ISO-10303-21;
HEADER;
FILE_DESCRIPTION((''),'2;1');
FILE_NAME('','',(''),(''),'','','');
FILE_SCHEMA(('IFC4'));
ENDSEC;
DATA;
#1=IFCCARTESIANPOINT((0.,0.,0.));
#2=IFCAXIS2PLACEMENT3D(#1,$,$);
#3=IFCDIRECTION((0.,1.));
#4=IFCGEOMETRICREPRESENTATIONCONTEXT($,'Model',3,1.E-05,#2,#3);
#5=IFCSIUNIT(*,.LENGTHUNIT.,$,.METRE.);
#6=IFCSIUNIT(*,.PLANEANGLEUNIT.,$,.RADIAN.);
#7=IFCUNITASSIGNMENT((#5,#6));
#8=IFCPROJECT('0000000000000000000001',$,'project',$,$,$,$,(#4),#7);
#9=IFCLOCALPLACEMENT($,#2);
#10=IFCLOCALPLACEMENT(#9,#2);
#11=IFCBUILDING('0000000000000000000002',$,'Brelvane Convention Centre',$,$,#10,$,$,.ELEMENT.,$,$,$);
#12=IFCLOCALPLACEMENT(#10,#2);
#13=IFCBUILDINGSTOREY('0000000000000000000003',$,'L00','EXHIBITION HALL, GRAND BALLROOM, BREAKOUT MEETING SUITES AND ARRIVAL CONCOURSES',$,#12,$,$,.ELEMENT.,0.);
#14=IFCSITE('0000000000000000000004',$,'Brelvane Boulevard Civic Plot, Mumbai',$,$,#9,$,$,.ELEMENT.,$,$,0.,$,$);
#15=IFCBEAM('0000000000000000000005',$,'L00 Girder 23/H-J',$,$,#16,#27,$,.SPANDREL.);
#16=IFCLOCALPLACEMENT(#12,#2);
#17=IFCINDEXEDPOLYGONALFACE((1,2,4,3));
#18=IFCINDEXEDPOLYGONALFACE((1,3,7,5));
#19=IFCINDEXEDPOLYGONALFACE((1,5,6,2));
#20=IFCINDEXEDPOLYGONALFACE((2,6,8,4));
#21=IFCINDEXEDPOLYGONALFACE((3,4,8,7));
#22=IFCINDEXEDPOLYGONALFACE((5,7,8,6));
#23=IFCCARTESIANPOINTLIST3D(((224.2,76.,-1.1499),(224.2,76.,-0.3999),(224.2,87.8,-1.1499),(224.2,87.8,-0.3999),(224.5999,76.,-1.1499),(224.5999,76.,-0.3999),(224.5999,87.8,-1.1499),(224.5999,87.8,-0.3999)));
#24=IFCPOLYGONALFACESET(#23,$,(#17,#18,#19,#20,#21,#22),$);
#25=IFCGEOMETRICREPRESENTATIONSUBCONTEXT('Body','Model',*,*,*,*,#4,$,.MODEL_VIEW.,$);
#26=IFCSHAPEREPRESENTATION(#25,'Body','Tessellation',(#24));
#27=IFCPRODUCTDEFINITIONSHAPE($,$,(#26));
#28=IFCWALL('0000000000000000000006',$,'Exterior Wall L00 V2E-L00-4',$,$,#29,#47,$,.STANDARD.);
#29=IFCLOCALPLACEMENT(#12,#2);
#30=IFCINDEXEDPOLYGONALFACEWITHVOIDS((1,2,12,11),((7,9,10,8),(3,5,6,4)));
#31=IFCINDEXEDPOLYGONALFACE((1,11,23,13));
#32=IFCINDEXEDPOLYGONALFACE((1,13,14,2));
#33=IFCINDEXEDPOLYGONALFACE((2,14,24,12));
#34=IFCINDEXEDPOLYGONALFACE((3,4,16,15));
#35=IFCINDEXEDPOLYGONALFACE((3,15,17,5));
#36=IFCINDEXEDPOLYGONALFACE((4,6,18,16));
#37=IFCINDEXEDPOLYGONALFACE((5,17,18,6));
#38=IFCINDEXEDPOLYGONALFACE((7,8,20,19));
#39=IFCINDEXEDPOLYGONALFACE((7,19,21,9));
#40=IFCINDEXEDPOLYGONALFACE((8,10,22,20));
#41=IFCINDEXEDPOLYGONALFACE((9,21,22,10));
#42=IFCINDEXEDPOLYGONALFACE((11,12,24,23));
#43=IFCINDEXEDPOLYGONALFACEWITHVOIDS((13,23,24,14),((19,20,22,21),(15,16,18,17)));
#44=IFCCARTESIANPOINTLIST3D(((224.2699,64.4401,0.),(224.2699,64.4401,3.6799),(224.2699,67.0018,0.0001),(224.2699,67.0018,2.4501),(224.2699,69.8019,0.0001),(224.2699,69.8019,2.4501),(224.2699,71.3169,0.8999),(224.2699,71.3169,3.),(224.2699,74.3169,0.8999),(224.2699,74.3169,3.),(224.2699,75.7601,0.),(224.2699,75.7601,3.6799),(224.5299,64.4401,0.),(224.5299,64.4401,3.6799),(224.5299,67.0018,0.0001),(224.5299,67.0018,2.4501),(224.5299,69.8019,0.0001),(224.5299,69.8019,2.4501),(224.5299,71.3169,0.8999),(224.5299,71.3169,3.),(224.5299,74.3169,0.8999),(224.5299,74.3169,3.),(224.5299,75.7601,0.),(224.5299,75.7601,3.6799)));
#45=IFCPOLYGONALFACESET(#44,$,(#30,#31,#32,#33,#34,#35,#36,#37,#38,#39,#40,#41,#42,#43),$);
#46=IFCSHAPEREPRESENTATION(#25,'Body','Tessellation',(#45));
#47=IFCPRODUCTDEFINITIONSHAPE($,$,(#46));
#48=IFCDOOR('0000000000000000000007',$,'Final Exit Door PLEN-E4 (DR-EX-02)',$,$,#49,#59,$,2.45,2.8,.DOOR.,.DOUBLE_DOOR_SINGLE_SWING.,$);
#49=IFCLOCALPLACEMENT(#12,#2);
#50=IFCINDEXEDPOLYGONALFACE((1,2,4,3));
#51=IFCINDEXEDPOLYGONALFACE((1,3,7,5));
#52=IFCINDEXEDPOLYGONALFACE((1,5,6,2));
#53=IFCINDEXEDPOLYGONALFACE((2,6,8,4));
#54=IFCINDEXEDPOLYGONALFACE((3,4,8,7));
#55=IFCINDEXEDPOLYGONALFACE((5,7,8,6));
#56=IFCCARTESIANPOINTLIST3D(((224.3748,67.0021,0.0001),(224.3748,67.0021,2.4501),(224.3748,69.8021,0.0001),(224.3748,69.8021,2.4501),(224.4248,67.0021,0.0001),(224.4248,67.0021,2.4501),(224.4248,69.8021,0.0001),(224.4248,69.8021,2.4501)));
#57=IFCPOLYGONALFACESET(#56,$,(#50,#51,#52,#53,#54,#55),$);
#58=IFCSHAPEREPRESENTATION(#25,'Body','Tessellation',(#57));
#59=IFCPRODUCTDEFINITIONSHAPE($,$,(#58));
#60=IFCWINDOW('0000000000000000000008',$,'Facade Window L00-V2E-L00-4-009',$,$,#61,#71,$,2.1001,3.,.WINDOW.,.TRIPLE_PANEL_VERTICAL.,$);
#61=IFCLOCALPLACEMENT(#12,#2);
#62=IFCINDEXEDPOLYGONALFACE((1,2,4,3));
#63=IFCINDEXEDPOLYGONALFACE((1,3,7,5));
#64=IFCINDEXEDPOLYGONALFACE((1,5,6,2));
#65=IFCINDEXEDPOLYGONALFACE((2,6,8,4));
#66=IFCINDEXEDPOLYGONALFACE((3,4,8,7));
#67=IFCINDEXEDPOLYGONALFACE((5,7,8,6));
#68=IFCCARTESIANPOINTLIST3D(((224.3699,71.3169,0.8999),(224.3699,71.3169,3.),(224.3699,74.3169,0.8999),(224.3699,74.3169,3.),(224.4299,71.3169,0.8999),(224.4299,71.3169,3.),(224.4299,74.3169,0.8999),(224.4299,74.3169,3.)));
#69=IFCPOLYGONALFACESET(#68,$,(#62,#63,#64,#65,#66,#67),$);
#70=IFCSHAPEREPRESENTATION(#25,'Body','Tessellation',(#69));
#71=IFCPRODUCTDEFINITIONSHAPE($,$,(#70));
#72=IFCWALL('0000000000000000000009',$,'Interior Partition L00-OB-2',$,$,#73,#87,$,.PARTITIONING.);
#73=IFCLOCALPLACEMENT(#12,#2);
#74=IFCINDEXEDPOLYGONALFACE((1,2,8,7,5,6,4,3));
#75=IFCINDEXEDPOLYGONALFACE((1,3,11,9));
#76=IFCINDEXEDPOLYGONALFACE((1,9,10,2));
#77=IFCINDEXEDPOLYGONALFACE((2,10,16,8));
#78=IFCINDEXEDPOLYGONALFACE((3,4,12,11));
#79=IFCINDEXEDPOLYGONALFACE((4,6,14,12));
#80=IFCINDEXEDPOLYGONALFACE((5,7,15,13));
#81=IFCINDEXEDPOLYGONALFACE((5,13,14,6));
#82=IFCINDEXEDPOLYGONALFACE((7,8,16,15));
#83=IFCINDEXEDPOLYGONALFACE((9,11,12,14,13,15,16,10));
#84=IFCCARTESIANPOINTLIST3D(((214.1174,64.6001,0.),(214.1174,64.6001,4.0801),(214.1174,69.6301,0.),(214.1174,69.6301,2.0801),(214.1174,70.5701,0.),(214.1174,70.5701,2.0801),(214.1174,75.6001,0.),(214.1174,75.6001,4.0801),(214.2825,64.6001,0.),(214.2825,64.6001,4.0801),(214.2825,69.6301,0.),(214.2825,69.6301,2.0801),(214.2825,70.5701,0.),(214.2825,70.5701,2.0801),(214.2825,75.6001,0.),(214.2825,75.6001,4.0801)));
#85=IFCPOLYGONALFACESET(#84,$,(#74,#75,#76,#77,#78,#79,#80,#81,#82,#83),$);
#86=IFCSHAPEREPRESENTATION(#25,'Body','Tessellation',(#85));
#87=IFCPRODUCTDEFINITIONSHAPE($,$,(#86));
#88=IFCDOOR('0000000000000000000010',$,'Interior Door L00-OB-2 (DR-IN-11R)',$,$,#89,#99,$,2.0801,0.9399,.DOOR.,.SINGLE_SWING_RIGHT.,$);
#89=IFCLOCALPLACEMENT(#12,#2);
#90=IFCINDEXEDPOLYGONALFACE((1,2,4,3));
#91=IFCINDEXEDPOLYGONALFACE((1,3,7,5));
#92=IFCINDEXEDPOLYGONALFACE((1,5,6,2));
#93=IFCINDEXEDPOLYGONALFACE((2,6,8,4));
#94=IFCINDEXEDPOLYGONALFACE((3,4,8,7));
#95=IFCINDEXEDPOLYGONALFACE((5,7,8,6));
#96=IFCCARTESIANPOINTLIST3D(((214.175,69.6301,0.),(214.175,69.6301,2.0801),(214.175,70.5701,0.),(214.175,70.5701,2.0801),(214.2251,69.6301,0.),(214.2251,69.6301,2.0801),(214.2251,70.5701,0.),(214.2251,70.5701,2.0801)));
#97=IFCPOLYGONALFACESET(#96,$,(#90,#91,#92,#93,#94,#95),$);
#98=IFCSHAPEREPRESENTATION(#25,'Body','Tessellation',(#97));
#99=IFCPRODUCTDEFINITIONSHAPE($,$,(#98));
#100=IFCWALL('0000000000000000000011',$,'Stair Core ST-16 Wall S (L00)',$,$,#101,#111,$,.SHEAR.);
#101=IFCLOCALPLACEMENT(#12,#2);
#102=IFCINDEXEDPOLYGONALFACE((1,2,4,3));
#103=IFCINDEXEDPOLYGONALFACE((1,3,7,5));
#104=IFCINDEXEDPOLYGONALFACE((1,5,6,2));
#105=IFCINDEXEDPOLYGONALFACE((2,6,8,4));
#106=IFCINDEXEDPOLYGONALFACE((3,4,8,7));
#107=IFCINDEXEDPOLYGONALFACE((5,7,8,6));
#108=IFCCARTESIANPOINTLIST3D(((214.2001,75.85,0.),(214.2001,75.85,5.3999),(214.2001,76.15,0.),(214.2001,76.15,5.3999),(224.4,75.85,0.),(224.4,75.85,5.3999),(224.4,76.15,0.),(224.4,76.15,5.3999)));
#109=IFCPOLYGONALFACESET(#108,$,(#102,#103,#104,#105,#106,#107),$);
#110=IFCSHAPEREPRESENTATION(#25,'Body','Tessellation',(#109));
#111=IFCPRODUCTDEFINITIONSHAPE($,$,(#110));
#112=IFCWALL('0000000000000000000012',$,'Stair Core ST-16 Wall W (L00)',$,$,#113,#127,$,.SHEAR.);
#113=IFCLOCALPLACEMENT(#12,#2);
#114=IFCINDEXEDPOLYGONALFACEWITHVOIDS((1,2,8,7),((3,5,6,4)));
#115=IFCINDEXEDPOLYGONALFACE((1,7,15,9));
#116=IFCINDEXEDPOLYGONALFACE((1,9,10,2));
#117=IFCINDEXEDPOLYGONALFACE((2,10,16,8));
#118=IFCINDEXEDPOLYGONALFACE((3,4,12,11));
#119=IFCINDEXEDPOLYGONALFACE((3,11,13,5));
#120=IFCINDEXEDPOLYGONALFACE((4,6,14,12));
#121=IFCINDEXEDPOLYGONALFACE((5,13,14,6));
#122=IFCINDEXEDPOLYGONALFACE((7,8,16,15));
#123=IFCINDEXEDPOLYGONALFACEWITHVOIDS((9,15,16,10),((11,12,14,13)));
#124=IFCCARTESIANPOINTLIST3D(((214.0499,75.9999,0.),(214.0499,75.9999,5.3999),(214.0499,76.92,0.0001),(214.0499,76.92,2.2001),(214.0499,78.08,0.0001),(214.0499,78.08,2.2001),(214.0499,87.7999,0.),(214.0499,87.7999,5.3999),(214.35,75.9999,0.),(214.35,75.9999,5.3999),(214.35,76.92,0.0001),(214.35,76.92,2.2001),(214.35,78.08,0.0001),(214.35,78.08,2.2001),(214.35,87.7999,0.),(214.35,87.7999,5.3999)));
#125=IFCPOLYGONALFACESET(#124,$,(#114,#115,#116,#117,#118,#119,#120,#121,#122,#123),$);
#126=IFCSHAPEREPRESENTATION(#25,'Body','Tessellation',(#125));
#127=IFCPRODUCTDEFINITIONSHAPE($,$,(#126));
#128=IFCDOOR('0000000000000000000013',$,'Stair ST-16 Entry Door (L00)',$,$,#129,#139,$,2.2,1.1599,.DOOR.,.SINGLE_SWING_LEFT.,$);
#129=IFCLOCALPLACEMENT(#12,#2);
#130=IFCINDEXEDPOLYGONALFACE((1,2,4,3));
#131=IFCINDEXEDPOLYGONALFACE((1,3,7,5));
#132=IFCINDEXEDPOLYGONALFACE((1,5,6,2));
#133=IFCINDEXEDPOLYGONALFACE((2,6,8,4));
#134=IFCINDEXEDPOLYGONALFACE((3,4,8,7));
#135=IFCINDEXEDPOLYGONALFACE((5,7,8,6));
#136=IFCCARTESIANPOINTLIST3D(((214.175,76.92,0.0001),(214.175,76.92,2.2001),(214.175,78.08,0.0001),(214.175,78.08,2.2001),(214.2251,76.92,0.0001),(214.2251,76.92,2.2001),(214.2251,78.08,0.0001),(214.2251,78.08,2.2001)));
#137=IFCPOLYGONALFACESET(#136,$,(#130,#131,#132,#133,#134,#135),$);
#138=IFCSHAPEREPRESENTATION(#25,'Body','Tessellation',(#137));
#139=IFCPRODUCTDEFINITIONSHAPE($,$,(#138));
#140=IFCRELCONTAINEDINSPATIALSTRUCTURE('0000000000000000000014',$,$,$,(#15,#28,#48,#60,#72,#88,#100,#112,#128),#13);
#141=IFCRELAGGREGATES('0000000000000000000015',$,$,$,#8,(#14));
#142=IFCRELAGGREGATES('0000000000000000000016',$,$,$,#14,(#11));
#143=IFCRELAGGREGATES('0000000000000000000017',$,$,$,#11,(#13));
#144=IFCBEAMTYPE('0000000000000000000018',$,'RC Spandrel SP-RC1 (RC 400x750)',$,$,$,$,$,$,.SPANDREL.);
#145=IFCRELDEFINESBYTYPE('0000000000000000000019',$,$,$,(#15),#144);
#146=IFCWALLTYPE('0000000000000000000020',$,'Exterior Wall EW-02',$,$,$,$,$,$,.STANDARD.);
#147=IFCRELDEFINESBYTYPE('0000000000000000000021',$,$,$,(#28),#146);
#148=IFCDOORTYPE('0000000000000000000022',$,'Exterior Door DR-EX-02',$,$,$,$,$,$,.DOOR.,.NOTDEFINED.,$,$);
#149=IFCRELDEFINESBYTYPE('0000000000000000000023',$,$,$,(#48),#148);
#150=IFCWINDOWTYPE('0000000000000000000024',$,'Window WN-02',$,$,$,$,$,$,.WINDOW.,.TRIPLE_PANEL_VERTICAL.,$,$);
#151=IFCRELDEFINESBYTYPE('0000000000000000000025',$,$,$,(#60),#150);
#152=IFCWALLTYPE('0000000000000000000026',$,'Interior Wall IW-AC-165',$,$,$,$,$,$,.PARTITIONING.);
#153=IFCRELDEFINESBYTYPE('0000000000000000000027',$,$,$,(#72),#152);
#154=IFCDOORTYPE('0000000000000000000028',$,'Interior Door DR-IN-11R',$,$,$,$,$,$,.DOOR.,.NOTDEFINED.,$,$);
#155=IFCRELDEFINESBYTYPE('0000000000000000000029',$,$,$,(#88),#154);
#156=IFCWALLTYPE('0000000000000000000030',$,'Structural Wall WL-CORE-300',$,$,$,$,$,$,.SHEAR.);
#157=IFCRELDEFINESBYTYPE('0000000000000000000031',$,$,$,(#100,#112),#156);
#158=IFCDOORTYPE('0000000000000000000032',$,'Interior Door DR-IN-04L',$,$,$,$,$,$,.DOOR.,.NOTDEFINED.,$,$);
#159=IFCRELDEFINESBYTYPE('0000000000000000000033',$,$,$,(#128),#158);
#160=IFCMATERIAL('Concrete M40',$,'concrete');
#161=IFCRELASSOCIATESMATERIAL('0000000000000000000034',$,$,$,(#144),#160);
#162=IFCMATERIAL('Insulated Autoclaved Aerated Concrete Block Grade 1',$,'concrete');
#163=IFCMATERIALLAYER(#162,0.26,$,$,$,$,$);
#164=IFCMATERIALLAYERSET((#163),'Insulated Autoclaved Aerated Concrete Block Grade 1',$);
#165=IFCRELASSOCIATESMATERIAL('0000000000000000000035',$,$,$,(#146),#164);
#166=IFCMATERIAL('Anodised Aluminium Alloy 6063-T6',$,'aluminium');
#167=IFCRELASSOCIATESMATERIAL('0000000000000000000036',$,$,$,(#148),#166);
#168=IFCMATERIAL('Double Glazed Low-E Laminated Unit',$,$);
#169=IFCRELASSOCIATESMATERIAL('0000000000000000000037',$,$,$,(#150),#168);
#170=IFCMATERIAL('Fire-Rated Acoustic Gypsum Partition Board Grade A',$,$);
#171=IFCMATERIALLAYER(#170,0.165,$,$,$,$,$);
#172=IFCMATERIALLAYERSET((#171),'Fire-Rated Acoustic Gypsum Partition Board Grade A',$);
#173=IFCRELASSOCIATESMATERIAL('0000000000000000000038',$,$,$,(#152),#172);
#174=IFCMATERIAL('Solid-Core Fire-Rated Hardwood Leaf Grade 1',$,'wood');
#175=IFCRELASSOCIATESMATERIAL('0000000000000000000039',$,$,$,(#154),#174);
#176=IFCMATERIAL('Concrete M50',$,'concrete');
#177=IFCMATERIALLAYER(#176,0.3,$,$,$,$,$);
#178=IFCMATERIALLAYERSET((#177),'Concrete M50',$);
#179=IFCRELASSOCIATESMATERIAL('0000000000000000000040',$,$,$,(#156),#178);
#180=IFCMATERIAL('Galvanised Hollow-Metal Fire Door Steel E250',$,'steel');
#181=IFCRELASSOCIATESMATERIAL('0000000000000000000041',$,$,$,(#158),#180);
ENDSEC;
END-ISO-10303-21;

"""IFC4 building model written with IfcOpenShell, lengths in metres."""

from ifc_helpers import new_model, si_unit, direction, frame, frame_2d, origin, origin_2d, place, context, subcontext, project, spatial, rectangle, extrude, material, layer, layer_set, material_profile, profile_set, type_object, element, fill, save


model = new_model("IFC4")

# Units and contexts
model_context = context("Model", 3, precision=1e-05, world=origin(), true_north=direction((0.0, 1.0)))
body_context = subcontext(model_context, "Body", "Model", "MODEL_VIEW")
ifc_project = project(units=[si_unit("LENGTHUNIT", "METRE"), si_unit("PLANEANGLEUNIT", "RADIAN")], contexts=[model_context])

# Site, building, storey
site_placement = place(None, origin())
site = spatial("IfcSite", under=ifc_project, at=site_placement, Name="Brelvane Boulevard Civic Plot, Mumbai", CompositionType="ELEMENT", RefElevation=0.0)
building_placement = place(site_placement, origin())
building = spatial("IfcBuilding", under=site, at=building_placement, Name="Brelvane Convention Centre", CompositionType="ELEMENT")
storey_placement = place(building_placement, origin())
storey = spatial("IfcBuildingStorey", under=building, at=storey_placement, Name="L00", Description="EXHIBITION HALL, GRAND BALLROOM, BREAKOUT MEETING SUITES AND ARRIVAL CONCOURSES", CompositionType="ELEMENT", Elevation=0.0)

# Beam
ifc_material_1 = material(Name="Concrete M40", Category="concrete")
ifc_material_profile_1 = material_profile(ifc_material_1, rectangle(XDim=0.3999, YDim=0.75, at=origin_2d()), Name="RC 400x750")
ifc_profile_set_1 = profile_set([ifc_material_profile_1], Name="Concrete M40")
beam_type_1 = type_object("IfcBeamType", Name="RC Spandrel SP-RC1 (RC 400x750)", PredefinedType="SPANDREL", material=ifc_profile_set_1)
for number, where, z_axis, x_axis, name in (
    (1, (224.3999, 76.0, -0.7749), (0.0, 1.0, 0.0), (-1.0, 0.0, 0.0), "L00 Girder 23/H-J"),
):
    element("IfcBeam", number, at=place(storey_placement, frame(where, z_axis=z_axis, x_axis=x_axis)), inside=storey, type_object=beam_type_1, Name=name, PredefinedType="SPANDREL", context=body_context, shape_type="SweptSolid", body=[
        extrude(rectangle(XDim=0.3999, YDim=0.75, at=origin_2d()), origin(), (0.0, 0.0, 1.0), 11.8),
    ])

# Wall, openings, door, window
ifc_material_2 = material(Name="Insulated Autoclaved Aerated Concrete Block Grade 1", Category="concrete")
ifc_layer_1 = layer(ifc_material_2, 0.26)
ifc_layer_set_1 = layer_set([ifc_layer_1], Name="Insulated Autoclaved Aerated Concrete Block Grade 1")
wall_type_1 = type_object("IfcWallType", Name="Exterior Wall EW-02", PredefinedType="STANDARD", material=ifc_layer_set_1)
wall_1_placement = place(storey_placement, frame((224.3999, 64.4399, 0.0), z_axis=(0.0, 0.0, 1.0), x_axis=(0.0, 1.0, 0.0)))
wall_1 = element("IfcWall", 2, at=wall_1_placement, inside=storey, type_object=wall_type_1, Name="Exterior Wall L00 V2E-L00-4", PredefinedType="STANDARD", context=body_context, shape_type="SweptSolid", body=[
    extrude(rectangle(XDim=11.3201, YDim=0.26, at=frame_2d((5.6602, 0.0))), origin(), (0.0, 0.0, 1.0), 3.6799),
])
opening_1_placement = place(wall_1_placement, frame((2.562, 0.0, 0.0)))
opening_1 = element("IfcOpeningElement", 3, at=opening_1_placement, cuts=wall_1, PredefinedType="OPENING", context=body_context, shape_type="SweptSolid", body=[
    extrude(rectangle(XDim=2.8, YDim=2.45, at=frame_2d((1.3999, 1.2251))), frame((0.0, 0.1399, 0.0), z_axis=(0.0, -1.0, 0.0), x_axis=(1.0, 0.0, 0.0)), (0.0, 0.0, 1.0), 0.28),
])
opening_2_placement = place(wall_1_placement, frame((6.877, 0.0, 0.8999)))
opening_2 = element("IfcOpeningElement", 4, at=opening_2_placement, cuts=wall_1, PredefinedType="OPENING", context=body_context, shape_type="SweptSolid", body=[
    extrude(rectangle(XDim=3.0, YDim=2.1001, at=frame_2d((1.5, 1.05))), frame((0.0, 0.1399, 0.0), z_axis=(0.0, -1.0, 0.0), x_axis=(1.0, 0.0, 0.0)), (0.0, 0.0, 1.0), 0.28),
])
ifc_material_3 = material(Name="Anodised Aluminium Alloy 6063-T6", Category="aluminium")
door_type_1 = type_object("IfcDoorType", Name="Exterior Door DR-EX-02", OperationType="NOTDEFINED", PredefinedType="DOOR", material=ifc_material_3)
door_1_placement = place(opening_1_placement, frame((2.8, 0.0, 0.0), z_axis=(0.0, 0.0, 1.0), x_axis=(-1.0, 0.0, 0.0)))
door_1 = element("IfcDoor", 5, at=door_1_placement, inside=storey, type_object=door_type_1, Name="Final Exit Door PLEN-E4 (DR-EX-02)", OperationType="DOUBLE_DOOR_SINGLE_SWING", OverallHeight=2.45, OverallWidth=2.8, PredefinedType="DOOR", context=body_context, shape_type="SweptSolid", body=[
    extrude(rectangle(XDim=2.8, YDim=2.45, at=frame_2d((1.3999, 1.2251))), frame((0.0, 0.0249, 0.0), z_axis=(0.0, -1.0, 0.0), x_axis=(1.0, 0.0, 0.0)), (0.0, 0.0, 1.0), 0.05),
])
fill(opening_1, door_1)
ifc_material_4 = material(Name="Double Glazed Low-E Laminated Unit")
window_type = type_object("IfcWindowType", Name="Window WN-02", PartitioningType="TRIPLE_PANEL_VERTICAL", PredefinedType="WINDOW", material=ifc_material_4)
window_placement = place(opening_2_placement, origin())
window = element("IfcWindow", 6, at=window_placement, inside=storey, type_object=window_type, Name="Facade Window L00-V2E-L00-4-009", OverallHeight=2.1001, OverallWidth=3.0, PartitioningType="TRIPLE_PANEL_VERTICAL", PredefinedType="WINDOW", context=body_context, shape_type="SweptSolid", body=[
    extrude(rectangle(XDim=3.0, YDim=2.1001, at=frame_2d((1.5, 1.05))), frame((0.0, 0.03, 0.0), z_axis=(0.0, -1.0, 0.0), x_axis=(1.0, 0.0, 0.0)), (0.0, 0.0, 1.0), 0.0601),
])
fill(opening_2, window)

# Wall, opening, door
ifc_material_5 = material(Name="Fire-Rated Acoustic Gypsum Partition Board Grade A")
ifc_layer_2 = layer(ifc_material_5, 0.165)
ifc_layer_set_2 = layer_set([ifc_layer_2], Name="Fire-Rated Acoustic Gypsum Partition Board Grade A")
wall_type_2 = type_object("IfcWallType", Name="Interior Wall IW-AC-165", PredefinedType="PARTITIONING", material=ifc_layer_set_2)
wall_2_placement = place(storey_placement, frame((214.2, 64.6001, 0.0), z_axis=(0.0, 0.0, 1.0), x_axis=(0.0, 1.0, 0.0)))
wall_2 = element("IfcWall", 7, at=wall_2_placement, inside=storey, type_object=wall_type_2, Name="Interior Partition L00-OB-2", PredefinedType="PARTITIONING", context=body_context, shape_type="SweptSolid", body=[
    extrude(rectangle(XDim=11.0, YDim=0.165, at=frame_2d((5.5, 0.0))), origin(), (0.0, 0.0, 1.0), 4.0801),
])
opening_3_placement = place(wall_2_placement, frame((5.03, 0.0, 0.0)))
opening_3 = element("IfcOpeningElement", 8, at=opening_3_placement, cuts=wall_2, PredefinedType="OPENING", context=body_context, shape_type="SweptSolid", body=[
    extrude(rectangle(XDim=0.9399, YDim=2.0801, at=frame_2d((0.47, 1.04))), frame((0.0, 0.0925, 0.0), z_axis=(0.0, -1.0, 0.0), x_axis=(1.0, 0.0, 0.0)), (0.0, 0.0, 1.0), 0.1851),
])
ifc_material_6 = material(Name="Solid-Core Fire-Rated Hardwood Leaf Grade 1", Category="wood")
door_type_2 = type_object("IfcDoorType", Name="Interior Door DR-IN-11R", OperationType="NOTDEFINED", PredefinedType="DOOR", material=ifc_material_6)
door_2_placement = place(opening_3_placement, origin())
door_2 = element("IfcDoor", 9, at=door_2_placement, inside=storey, type_object=door_type_2, Name="Interior Door L00-OB-2 (DR-IN-11R)", OperationType="SINGLE_SWING_RIGHT", OverallHeight=2.0801, OverallWidth=0.9399, PredefinedType="DOOR", context=body_context, shape_type="SweptSolid", body=[
    extrude(rectangle(XDim=0.9399, YDim=2.0801, at=frame_2d((0.47, 1.04))), frame((0.0, 0.0249, 0.0), z_axis=(0.0, -1.0, 0.0), x_axis=(1.0, 0.0, 0.0)), (0.0, 0.0, 1.0), 0.05),
])
fill(opening_3, door_2)

# Wall
ifc_material_7 = material(Name="Concrete M50", Category="concrete")
ifc_layer_3 = layer(ifc_material_7, 0.3)
ifc_layer_set_3 = layer_set([ifc_layer_3], Name="Concrete M50")
wall_type_3 = type_object("IfcWallType", Name="Structural Wall WL-CORE-300", PredefinedType="SHEAR", material=ifc_layer_set_3)
wall_3_placement = place(storey_placement, frame((214.2, 76.0, 0.0), z_axis=(0.0, 0.0, 1.0), x_axis=(1.0, 0.0, 0.0)))
element("IfcWall", 10, at=wall_3_placement, inside=storey, type_object=wall_type_3, Name="Stair Core ST-16 Wall S (L00)", PredefinedType="SHEAR", context=body_context, shape_type="SweptSolid", body=[
    extrude(rectangle(XDim=10.2, YDim=0.3, at=frame_2d((5.1001, 0.0))), origin(), (0.0, 0.0, 1.0), 5.3999),
])

# Wall, opening, door
wall_4_placement = place(storey_placement, frame((214.2, 76.0, 0.0), z_axis=(0.0, 0.0, 1.0), x_axis=(0.0, 1.0, 0.0)))
wall_4 = element("IfcWall", 11, at=wall_4_placement, inside=storey, type_object=wall_type_3, Name="Stair Core ST-16 Wall W (L00)", PredefinedType="SHEAR", context=body_context, shape_type="SweptSolid", body=[
    extrude(rectangle(XDim=11.8, YDim=0.3, at=frame_2d((5.8999, 0.0))), origin(), (0.0, 0.0, 1.0), 5.3999),
])
opening_4_placement = place(wall_4_placement, frame((0.9199, 0.0, 0.0)))
opening_4 = element("IfcOpeningElement", 12, at=opening_4_placement, cuts=wall_4, PredefinedType="OPENING", context=body_context, shape_type="SweptSolid", body=[
    extrude(rectangle(XDim=1.1599, YDim=2.2, at=frame_2d((0.5801, 1.1001))), frame((0.0, 0.1599, 0.0), z_axis=(0.0, -1.0, 0.0), x_axis=(1.0, 0.0, 0.0)), (0.0, 0.0, 1.0), 0.3201),
])
ifc_material_8 = material(Name="Galvanised Hollow-Metal Fire Door Steel E250", Category="steel")
door_type_3 = type_object("IfcDoorType", Name="Interior Door DR-IN-04L", OperationType="NOTDEFINED", PredefinedType="DOOR", material=ifc_material_8)
door_3_placement = place(opening_4_placement, origin())
door_3 = element("IfcDoor", 13, at=door_3_placement, inside=storey, type_object=door_type_3, Name="Stair ST-16 Entry Door (L00)", OperationType="SINGLE_SWING_LEFT", OverallHeight=2.2, OverallWidth=1.1599, PredefinedType="DOOR", context=body_context, shape_type="SweptSolid", body=[
    extrude(rectangle(XDim=1.1599, YDim=2.2, at=frame_2d((0.5801, 1.1001))), frame((0.0, 0.0249, 0.0), z_axis=(0.0, -1.0, 0.0), x_axis=(1.0, 0.0, 0.0)), (0.0, 0.0, 1.0), 0.05),
])
fill(opening_4, door_3)

save(model, "model.ifc")
